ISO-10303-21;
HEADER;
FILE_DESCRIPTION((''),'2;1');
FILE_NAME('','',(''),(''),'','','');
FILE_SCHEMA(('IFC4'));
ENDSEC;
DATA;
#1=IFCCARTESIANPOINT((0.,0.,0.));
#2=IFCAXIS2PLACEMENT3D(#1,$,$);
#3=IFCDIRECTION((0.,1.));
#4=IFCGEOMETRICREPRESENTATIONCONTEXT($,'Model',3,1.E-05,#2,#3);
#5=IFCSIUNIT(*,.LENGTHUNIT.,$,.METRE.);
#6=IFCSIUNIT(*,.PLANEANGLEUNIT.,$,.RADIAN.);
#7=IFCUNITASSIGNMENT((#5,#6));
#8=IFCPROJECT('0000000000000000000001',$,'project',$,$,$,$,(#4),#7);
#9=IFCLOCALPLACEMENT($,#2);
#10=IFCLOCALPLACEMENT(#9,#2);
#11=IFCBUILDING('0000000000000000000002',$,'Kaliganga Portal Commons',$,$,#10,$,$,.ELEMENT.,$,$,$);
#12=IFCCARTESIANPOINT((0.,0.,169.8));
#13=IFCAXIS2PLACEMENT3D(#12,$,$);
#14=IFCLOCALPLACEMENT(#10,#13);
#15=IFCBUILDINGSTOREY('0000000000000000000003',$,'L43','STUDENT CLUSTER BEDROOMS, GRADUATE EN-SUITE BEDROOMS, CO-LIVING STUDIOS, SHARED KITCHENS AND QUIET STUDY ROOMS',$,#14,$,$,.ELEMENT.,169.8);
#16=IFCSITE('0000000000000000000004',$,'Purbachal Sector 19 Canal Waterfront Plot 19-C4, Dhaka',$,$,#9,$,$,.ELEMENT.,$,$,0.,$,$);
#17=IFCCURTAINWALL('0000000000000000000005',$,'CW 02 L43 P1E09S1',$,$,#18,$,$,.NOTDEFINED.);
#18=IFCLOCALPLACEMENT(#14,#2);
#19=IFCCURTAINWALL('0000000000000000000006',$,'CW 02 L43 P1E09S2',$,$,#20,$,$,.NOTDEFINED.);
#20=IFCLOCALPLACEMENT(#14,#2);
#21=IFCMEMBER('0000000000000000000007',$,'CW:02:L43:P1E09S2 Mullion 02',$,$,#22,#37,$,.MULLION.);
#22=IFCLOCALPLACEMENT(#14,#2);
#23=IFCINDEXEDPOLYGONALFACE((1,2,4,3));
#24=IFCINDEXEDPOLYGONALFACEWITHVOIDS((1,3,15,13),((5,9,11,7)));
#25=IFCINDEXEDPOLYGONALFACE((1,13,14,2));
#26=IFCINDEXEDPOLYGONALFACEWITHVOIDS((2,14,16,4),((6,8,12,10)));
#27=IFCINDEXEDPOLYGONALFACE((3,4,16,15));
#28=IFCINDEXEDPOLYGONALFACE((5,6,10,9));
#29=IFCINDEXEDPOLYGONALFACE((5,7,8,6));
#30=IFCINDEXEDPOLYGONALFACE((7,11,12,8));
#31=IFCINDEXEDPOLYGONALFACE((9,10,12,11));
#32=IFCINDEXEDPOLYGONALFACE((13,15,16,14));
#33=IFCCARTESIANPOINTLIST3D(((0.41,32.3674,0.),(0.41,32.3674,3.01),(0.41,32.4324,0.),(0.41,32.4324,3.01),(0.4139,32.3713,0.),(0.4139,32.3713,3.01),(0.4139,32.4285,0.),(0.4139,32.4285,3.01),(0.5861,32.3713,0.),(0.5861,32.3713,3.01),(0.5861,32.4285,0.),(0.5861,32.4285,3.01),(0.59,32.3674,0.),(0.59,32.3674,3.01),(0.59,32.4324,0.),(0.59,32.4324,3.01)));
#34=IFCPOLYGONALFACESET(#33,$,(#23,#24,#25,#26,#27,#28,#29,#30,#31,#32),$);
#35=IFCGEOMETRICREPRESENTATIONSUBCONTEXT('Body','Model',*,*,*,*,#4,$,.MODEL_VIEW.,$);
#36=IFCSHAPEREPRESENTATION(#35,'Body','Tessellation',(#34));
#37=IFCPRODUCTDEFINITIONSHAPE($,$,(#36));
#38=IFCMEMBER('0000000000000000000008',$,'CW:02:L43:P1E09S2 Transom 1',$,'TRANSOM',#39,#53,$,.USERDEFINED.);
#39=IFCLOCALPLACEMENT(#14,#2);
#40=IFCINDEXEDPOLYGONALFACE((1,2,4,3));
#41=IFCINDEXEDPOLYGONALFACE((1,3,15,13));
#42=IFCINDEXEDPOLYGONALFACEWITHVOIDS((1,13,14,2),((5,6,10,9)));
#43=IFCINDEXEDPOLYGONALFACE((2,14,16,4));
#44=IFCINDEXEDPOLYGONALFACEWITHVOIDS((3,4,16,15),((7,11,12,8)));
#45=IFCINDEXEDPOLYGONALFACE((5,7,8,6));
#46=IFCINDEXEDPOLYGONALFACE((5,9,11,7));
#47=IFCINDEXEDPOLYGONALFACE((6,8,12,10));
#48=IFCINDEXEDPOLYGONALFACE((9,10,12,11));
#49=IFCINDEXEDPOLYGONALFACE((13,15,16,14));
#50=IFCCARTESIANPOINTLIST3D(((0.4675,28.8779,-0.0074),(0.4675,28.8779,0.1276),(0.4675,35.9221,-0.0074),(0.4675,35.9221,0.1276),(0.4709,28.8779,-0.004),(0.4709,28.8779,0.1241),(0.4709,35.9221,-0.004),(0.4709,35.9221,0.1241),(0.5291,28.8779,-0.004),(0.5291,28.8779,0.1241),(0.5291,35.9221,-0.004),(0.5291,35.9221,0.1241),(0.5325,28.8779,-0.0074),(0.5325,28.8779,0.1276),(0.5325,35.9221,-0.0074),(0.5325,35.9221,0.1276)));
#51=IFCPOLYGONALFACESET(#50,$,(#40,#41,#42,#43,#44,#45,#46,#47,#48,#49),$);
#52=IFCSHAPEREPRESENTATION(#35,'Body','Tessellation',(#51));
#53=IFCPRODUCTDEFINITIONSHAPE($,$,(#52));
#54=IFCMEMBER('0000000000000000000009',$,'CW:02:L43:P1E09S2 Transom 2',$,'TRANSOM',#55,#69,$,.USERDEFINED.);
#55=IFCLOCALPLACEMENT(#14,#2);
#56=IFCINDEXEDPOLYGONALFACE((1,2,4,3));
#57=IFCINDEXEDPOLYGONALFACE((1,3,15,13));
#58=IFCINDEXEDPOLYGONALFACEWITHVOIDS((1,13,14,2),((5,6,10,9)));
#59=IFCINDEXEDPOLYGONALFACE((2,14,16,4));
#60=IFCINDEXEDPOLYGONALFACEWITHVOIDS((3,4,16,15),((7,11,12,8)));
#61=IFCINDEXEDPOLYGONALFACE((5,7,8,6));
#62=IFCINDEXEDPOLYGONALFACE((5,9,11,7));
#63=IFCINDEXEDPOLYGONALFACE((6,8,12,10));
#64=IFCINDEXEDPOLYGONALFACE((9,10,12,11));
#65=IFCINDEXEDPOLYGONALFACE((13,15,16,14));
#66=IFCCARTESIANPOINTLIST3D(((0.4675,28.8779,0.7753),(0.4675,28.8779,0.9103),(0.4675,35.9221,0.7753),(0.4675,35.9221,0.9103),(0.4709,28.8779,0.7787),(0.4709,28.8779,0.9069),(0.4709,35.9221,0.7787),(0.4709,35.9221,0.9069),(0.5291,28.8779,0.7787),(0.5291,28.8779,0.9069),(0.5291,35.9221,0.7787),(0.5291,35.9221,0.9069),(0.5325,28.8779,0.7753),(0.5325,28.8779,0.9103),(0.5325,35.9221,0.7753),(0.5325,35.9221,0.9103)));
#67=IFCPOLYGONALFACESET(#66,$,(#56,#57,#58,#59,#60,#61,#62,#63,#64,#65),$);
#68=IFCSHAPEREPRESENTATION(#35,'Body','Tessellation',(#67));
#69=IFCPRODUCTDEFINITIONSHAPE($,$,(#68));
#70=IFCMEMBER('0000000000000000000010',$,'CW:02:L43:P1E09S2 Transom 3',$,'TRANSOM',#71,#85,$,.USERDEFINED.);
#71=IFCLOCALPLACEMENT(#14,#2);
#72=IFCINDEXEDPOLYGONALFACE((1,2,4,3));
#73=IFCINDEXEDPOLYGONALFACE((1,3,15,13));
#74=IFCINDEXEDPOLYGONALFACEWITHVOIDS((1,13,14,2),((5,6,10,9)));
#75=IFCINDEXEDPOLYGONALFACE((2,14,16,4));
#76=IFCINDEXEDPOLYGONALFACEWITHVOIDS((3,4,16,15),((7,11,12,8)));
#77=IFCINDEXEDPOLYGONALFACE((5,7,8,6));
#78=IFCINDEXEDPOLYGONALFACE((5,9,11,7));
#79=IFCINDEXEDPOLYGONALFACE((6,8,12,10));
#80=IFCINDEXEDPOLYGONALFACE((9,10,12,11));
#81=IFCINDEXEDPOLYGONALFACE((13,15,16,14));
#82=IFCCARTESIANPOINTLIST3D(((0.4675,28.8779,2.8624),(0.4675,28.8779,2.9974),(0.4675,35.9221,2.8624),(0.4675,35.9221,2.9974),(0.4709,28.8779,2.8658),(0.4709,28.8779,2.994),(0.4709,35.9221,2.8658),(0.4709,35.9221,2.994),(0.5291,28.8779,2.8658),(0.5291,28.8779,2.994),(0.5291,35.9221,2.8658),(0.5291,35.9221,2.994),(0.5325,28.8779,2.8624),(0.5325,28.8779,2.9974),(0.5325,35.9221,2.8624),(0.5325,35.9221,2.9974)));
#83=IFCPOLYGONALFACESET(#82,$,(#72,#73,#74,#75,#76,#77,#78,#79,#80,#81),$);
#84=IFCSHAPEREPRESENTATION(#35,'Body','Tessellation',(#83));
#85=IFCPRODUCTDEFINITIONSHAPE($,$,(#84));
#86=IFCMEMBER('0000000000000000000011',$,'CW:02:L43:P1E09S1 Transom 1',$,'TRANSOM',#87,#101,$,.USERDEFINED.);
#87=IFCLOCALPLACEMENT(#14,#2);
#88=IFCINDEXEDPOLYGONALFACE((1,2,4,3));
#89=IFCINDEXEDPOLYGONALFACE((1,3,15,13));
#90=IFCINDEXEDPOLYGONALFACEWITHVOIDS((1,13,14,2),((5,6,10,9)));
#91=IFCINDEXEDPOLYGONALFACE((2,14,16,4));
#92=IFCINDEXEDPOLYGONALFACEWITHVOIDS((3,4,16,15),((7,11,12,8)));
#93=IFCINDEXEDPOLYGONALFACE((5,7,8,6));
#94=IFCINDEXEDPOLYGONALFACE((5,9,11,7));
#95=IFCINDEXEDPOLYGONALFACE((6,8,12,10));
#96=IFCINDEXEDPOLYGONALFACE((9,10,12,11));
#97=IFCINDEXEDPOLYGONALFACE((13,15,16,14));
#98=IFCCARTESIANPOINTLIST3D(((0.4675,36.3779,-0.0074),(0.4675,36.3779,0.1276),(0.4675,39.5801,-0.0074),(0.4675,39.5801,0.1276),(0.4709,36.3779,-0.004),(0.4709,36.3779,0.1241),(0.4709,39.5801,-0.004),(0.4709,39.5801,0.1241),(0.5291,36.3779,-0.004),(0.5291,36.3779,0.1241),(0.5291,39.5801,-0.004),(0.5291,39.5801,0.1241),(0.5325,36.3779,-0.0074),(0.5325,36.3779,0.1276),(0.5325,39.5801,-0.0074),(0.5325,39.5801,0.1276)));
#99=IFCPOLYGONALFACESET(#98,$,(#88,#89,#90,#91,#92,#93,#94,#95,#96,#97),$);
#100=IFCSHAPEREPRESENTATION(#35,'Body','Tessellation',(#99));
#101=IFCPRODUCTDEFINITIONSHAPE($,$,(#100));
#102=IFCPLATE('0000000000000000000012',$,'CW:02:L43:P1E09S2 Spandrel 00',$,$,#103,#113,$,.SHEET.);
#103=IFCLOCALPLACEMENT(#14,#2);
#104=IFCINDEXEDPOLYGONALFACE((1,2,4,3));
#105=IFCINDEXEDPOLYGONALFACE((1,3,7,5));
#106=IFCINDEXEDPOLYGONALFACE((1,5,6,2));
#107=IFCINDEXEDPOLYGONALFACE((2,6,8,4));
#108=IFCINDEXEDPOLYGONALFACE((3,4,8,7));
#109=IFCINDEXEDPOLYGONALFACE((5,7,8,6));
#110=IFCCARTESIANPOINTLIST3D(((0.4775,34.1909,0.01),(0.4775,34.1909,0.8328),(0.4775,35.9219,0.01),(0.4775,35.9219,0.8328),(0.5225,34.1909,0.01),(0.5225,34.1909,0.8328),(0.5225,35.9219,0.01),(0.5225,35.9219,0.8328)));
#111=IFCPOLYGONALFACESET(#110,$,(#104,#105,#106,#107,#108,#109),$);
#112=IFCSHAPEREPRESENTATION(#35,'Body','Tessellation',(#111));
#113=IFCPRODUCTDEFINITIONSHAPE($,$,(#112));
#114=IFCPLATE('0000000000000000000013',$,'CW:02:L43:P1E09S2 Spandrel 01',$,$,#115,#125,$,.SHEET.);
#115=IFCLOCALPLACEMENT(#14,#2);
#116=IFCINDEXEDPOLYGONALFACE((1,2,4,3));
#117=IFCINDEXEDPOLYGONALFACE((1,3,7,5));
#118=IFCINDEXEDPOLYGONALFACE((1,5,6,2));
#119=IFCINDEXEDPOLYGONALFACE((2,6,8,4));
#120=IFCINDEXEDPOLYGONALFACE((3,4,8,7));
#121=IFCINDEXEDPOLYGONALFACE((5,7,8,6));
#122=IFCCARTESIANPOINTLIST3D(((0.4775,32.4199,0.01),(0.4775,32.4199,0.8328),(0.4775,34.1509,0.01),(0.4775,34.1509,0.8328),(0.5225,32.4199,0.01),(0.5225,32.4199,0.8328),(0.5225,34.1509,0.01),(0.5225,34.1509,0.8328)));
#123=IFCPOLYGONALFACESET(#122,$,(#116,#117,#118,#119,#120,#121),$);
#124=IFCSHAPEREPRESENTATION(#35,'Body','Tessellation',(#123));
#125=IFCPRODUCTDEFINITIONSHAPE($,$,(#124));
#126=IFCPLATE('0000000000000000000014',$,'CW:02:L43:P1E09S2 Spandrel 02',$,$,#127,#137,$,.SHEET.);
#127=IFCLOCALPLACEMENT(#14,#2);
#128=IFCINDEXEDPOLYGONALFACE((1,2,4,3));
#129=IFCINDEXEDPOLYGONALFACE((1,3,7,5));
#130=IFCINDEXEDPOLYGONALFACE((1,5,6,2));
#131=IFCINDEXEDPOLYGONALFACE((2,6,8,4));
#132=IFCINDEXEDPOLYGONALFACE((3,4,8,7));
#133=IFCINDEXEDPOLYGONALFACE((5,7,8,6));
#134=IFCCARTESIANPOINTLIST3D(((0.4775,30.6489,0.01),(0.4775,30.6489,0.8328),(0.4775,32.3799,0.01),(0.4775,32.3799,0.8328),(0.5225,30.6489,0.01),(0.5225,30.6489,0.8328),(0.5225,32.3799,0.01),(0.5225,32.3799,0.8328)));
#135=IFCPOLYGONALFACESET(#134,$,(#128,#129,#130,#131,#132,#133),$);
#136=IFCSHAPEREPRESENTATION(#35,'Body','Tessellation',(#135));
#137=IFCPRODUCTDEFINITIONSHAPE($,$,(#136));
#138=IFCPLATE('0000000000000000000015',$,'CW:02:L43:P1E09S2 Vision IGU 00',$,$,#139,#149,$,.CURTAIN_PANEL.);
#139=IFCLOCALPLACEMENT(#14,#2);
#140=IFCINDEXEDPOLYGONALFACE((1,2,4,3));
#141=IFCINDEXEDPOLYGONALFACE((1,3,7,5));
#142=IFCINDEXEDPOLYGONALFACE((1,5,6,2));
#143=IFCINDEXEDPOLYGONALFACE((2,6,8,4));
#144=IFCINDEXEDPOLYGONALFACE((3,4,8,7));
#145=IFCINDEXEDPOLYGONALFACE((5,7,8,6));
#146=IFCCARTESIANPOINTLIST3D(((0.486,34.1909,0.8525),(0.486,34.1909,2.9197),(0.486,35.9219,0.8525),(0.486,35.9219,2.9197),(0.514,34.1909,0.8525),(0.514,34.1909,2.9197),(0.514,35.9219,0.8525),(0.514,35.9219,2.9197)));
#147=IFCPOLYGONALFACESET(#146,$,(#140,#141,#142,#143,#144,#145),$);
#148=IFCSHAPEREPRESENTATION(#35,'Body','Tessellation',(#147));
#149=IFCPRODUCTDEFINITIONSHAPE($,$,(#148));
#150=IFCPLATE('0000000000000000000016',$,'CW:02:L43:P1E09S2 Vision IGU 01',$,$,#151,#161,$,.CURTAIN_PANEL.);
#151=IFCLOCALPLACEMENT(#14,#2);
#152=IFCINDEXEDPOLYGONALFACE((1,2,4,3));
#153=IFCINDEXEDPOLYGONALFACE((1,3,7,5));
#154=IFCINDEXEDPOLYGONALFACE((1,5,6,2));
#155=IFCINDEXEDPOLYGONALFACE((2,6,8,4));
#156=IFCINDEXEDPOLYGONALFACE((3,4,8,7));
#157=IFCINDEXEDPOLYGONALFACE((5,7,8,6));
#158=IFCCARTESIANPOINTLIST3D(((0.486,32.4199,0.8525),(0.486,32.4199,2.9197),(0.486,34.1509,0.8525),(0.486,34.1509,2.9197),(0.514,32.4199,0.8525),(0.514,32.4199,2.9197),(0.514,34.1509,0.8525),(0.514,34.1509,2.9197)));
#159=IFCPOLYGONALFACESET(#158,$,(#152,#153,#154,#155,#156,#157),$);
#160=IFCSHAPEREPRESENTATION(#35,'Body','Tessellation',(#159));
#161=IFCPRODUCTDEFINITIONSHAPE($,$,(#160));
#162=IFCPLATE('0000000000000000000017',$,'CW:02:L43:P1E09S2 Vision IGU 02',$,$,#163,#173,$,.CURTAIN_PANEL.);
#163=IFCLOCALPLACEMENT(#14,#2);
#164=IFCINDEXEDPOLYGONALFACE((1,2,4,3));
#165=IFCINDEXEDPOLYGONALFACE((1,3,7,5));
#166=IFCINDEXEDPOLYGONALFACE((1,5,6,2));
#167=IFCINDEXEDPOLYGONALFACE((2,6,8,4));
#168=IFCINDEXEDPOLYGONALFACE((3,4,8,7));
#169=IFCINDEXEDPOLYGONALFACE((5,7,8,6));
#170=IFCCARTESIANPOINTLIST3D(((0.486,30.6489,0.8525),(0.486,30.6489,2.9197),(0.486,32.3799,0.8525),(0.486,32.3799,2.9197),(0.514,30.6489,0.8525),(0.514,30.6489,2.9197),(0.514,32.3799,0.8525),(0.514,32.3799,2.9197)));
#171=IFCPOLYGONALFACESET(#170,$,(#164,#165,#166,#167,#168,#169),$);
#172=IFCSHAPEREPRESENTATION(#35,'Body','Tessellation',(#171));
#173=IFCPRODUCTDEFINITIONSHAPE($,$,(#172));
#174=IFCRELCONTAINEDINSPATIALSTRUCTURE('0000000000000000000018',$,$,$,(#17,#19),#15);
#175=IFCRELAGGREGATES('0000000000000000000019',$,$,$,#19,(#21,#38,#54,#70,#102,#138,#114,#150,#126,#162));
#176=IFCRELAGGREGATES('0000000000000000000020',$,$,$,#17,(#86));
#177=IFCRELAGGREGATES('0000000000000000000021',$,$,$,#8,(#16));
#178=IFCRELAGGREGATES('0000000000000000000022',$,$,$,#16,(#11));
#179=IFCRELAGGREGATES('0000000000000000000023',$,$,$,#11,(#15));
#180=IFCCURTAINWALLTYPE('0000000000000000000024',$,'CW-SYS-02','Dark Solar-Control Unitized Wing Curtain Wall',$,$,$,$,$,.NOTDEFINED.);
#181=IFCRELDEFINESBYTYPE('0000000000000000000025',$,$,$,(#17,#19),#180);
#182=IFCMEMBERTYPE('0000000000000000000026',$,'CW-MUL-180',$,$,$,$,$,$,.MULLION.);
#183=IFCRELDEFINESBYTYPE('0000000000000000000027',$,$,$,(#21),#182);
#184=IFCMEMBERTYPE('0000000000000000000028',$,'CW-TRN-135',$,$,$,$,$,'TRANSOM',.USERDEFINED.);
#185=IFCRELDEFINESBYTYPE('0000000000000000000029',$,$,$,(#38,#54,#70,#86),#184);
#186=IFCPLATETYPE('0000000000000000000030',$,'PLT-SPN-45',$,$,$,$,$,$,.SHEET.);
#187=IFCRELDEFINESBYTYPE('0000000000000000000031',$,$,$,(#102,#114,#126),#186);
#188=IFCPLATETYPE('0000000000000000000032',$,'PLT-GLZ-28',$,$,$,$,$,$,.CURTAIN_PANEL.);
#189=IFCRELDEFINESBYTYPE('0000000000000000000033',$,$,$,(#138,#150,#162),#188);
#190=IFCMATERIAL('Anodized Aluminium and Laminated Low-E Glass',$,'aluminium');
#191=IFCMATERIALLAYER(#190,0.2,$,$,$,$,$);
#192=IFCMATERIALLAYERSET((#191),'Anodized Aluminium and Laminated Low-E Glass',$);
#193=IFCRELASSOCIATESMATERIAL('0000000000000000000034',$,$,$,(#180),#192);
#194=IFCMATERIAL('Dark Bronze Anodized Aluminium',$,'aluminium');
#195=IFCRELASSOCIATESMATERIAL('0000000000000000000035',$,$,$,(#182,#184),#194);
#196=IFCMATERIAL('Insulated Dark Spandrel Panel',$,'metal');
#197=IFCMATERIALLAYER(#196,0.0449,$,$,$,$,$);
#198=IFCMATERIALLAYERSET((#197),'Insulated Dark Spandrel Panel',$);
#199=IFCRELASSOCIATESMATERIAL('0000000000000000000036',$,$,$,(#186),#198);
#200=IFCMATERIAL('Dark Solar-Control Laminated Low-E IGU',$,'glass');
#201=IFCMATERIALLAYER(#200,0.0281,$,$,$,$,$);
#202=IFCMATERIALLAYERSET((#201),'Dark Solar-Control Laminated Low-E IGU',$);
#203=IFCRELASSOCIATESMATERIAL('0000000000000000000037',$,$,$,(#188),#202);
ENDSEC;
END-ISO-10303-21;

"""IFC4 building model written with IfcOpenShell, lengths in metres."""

from ifc_helpers import new_model, si_unit, direction, frame, origin, origin_2d, place, context, subcontext, project, spatial, rectangle, hollow_rectangle, extrude, source, transform, mapped, material, layer, layer_set, material_profile, profile_set, type_object, element, aggregate, save


model = new_model("IFC4")

# Units and contexts
model_context = context("Model", 3, precision=1e-05, world=origin(), true_north=direction((0.0, 1.0)))
body_context = subcontext(model_context, "Body", "Model", "MODEL_VIEW")
ifc_project = project(units=[si_unit("LENGTHUNIT", "METRE"), si_unit("PLANEANGLEUNIT", "RADIAN")], contexts=[model_context])

# Site, building, storey
site_placement = place(None, origin())
site = spatial("IfcSite", under=ifc_project, at=site_placement, Name="Purbachal Sector 19 Canal Waterfront Plot 19-C4, Dhaka", CompositionType="ELEMENT", RefElevation=0.0)
building_placement = place(site_placement, origin())
building = spatial("IfcBuilding", under=site, at=building_placement, Name="Kaliganga Portal Commons", CompositionType="ELEMENT")
storey_placement = place(building_placement, frame((0.0, 0.0, 169.8)))
storey = spatial("IfcBuildingStorey", under=building, at=storey_placement, Name="L43", Description="STUDENT CLUSTER BEDROOMS, GRADUATE EN-SUITE BEDROOMS, CO-LIVING STUDIOS, SHARED KITCHENS AND QUIET STUDY ROOMS", CompositionType="ELEMENT", Elevation=169.8)

# Curtain walls, members
ifc_material_1 = material(Name="Anodized Aluminium and Laminated Low-E Glass", Category="aluminium")
ifc_layer_1 = layer(ifc_material_1, 0.2)
ifc_layer_set_1 = layer_set([ifc_layer_1], Name="Anodized Aluminium and Laminated Low-E Glass")
curtain_wall_type = type_object("IfcCurtainWallType", Name="CW-SYS-02", Description="Dark Solar-Control Unitized Wing Curtain Wall", PredefinedType="NOTDEFINED", material=ifc_layer_set_1)
curtain_wall_1_placement = place(storey_placement, origin())
curtain_wall_1 = element("IfcCurtainWall", 1, at=curtain_wall_1_placement, inside=storey, type_object=curtain_wall_type, Name="CW 02 L43 P1E09S1", PredefinedType="NOTDEFINED")
ifc_material_2 = material(Name="Dark Bronze Anodized Aluminium", Category="aluminium")
ifc_material_profile_1 = material_profile(ifc_material_2, hollow_rectangle(XDim=0.0649, YDim=0.1799, WallThickness=0.0039, at=origin_2d()), Name="ALU MULL 65x180x4")
ifc_profile_set_1 = profile_set([ifc_material_profile_1], Name="Dark Bronze Anodized Aluminium")
member_type_1 = type_object("IfcMemberType", Name="CW-MUL-180", PredefinedType="MULLION", material=ifc_profile_set_1)
curtain_wall_2_placement = place(storey_placement, origin())
curtain_wall_2 = element("IfcCurtainWall", 2, at=curtain_wall_2_placement, inside=storey, type_object=curtain_wall_type, Name="CW 02 L43 P1E09S2", PredefinedType="NOTDEFINED")
shared_shape_1 = source(origin(), body_context, "Body", "SweptSolid", [
    extrude(hollow_rectangle(XDim=0.0649, YDim=0.1799, WallThickness=0.0039, at=origin_2d()), origin(), (0.0, 0.0, 1.0), 3.01),
])
member_1_placement = place(storey_placement, frame((0.5, 32.3999, 0.0), z_axis=(0.0, 0.0, 1.0), x_axis=(0.0, -1.0, 0.0)))
member_1 = element("IfcMember", 3, at=member_1_placement, type_object=member_type_1, Name="CW:02:L43:P1E09S2 Mullion 02", PredefinedType="MULLION", context=body_context, shape_type="MappedRepresentation", body=[
    mapped(shared_shape_1, transform((0.0, 0.0, 0.0), x_axis=(1.0, 0.0, 0.0), y_axis=(0.0, 1.0, 0.0), z_axis=(0.0, 0.0, 1.0), scale=1.0)),
])
ifc_material_profile_2 = material_profile(ifc_material_2, hollow_rectangle(XDim=0.0649, YDim=0.135, WallThickness=0.0034, at=origin_2d()), Name="ALU TRAN 65x135x3.5")
ifc_profile_set_2 = profile_set([ifc_material_profile_2], Name="Dark Bronze Anodized Aluminium")
member_type_2 = type_object("IfcMemberType", Name="CW-TRN-135", ElementType="TRANSOM", PredefinedType="USERDEFINED", material=ifc_profile_set_2)
shared_shape_2 = source(origin(), body_context, "Body", "SweptSolid", [
    extrude(hollow_rectangle(XDim=0.0649, YDim=0.135, WallThickness=0.0034, at=origin_2d()), origin(), (0.0, 0.0, 1.0), 7.0442),
])
member_2_placement = place(storey_placement, frame((0.5, 35.9221, 0.0601), z_axis=(0.0, -1.0, 0.0), x_axis=(1.0, 0.0, 0.0)))
member_2 = element("IfcMember", 4, at=member_2_placement, type_object=member_type_2, Name="CW:02:L43:P1E09S2 Transom 1", ObjectType="TRANSOM", PredefinedType="USERDEFINED", context=body_context, shape_type="MappedRepresentation", body=[
    mapped(shared_shape_2, transform((0.0, 0.0, 0.0), x_axis=(1.0, 0.0, 0.0), y_axis=(0.0, 1.0, 0.0), z_axis=(0.0, 0.0, 1.0), scale=1.0)),
])
member_3_placement = place(storey_placement, frame((0.5, 35.9221, 0.8428), z_axis=(0.0, -1.0, 0.0), x_axis=(1.0, 0.0, 0.0)))
member_3 = element("IfcMember", 5, at=member_3_placement, type_object=member_type_2, Name="CW:02:L43:P1E09S2 Transom 2", ObjectType="TRANSOM", PredefinedType="USERDEFINED", context=body_context, shape_type="MappedRepresentation", body=[
    mapped(shared_shape_2, transform((0.0, 0.0, 0.0), x_axis=(1.0, 0.0, 0.0), y_axis=(0.0, 1.0, 0.0), z_axis=(0.0, 0.0, 1.0), scale=1.0)),
])
member_4_placement = place(storey_placement, frame((0.5, 35.9221, 2.9299), z_axis=(0.0, -1.0, 0.0), x_axis=(1.0, 0.0, 0.0)))
member_4 = element("IfcMember", 6, at=member_4_placement, type_object=member_type_2, Name="CW:02:L43:P1E09S2 Transom 3", ObjectType="TRANSOM", PredefinedType="USERDEFINED", context=body_context, shape_type="MappedRepresentation", body=[
    mapped(shared_shape_2, transform((0.0, 0.0, 0.0), x_axis=(1.0, 0.0, 0.0), y_axis=(0.0, 1.0, 0.0), z_axis=(0.0, 0.0, 1.0), scale=1.0)),
])

# Member
shared_shape_3 = source(origin(), body_context, "Body", "SweptSolid", [
    extrude(hollow_rectangle(XDim=0.0649, YDim=0.135, WallThickness=0.0034, at=origin_2d()), origin(), (0.0, 0.0, 1.0), 3.2021),
])
member_5_placement = place(storey_placement, frame((0.5, 39.5801, 0.0601), z_axis=(0.0, -1.0, 0.0), x_axis=(1.0, 0.0, 0.0)))
member_5 = element("IfcMember", 7, at=member_5_placement, type_object=member_type_2, Name="CW:02:L43:P1E09S1 Transom 1", ObjectType="TRANSOM", PredefinedType="USERDEFINED", context=body_context, shape_type="MappedRepresentation", body=[
    mapped(shared_shape_3, transform((0.0, 0.0, 0.0), x_axis=(1.0, 0.0, 0.0), y_axis=(0.0, 1.0, 0.0), z_axis=(0.0, 0.0, 1.0), scale=1.0)),
])

# Plates
ifc_material_3 = material(Name="Insulated Dark Spandrel Panel", Category="metal")
ifc_layer_2 = layer(ifc_material_3, 0.0449)
ifc_layer_set_2 = layer_set([ifc_layer_2], Name="Insulated Dark Spandrel Panel")
plate_type_1 = type_object("IfcPlateType", Name="PLT-SPN-45", PredefinedType="SHEET", material=ifc_layer_set_2)
shared_shape_4 = source(origin(), body_context, "Body", "SweptSolid", [
    extrude(rectangle(XDim=1.731, YDim=0.0449, at=origin_2d()), origin(), (0.0, 0.0, 1.0), 0.8228),
])
plate_1_placement = place(storey_placement, frame((0.5, 35.0564, 0.01), z_axis=(0.0, 0.0, 1.0), x_axis=(0.0, -1.0, 0.0)))
plate_1 = element("IfcPlate", 8, at=plate_1_placement, type_object=plate_type_1, Name="CW:02:L43:P1E09S2 Spandrel 00", PredefinedType="SHEET", context=body_context, shape_type="MappedRepresentation", body=[
    mapped(shared_shape_4, transform((0.0, 0.0, 0.0), x_axis=(1.0, 0.0, 0.0), y_axis=(0.0, 1.0, 0.0), z_axis=(0.0, 0.0, 1.0), scale=1.0)),
])
plate_2_placement = place(storey_placement, frame((0.5, 33.2854, 0.01), z_axis=(0.0, 0.0, 1.0), x_axis=(0.0, -1.0, 0.0)))
plate_2 = element("IfcPlate", 9, at=plate_2_placement, type_object=plate_type_1, Name="CW:02:L43:P1E09S2 Spandrel 01", PredefinedType="SHEET", context=body_context, shape_type="MappedRepresentation", body=[
    mapped(shared_shape_4, transform((0.0, 0.0, 0.0), x_axis=(1.0, 0.0, 0.0), y_axis=(0.0, 1.0, 0.0), z_axis=(0.0, 0.0, 1.0), scale=1.0)),
])
plate_3_placement = place(storey_placement, frame((0.5, 31.5144, 0.01), z_axis=(0.0, 0.0, 1.0), x_axis=(0.0, -1.0, 0.0)))
plate_3 = element("IfcPlate", 10, at=plate_3_placement, type_object=plate_type_1, Name="CW:02:L43:P1E09S2 Spandrel 02", PredefinedType="SHEET", context=body_context, shape_type="MappedRepresentation", body=[
    mapped(shared_shape_4, transform((0.0, 0.0, 0.0), x_axis=(1.0, 0.0, 0.0), y_axis=(0.0, 1.0, 0.0), z_axis=(0.0, 0.0, 1.0), scale=1.0)),
])
ifc_material_4 = material(Name="Dark Solar-Control Laminated Low-E IGU", Category="glass")
ifc_layer_3 = layer(ifc_material_4, 0.0281)
ifc_layer_set_3 = layer_set([ifc_layer_3], Name="Dark Solar-Control Laminated Low-E IGU")
plate_type_2 = type_object("IfcPlateType", Name="PLT-GLZ-28", PredefinedType="CURTAIN_PANEL", material=ifc_layer_set_3)
shared_shape_5 = source(origin(), body_context, "Body", "SweptSolid", [
    extrude(rectangle(XDim=1.731, YDim=0.0281, at=origin_2d()), origin(), (0.0, 0.0, 1.0), 2.0671),
])
plate_4_placement = place(storey_placement, frame((0.5, 35.0564, 0.8525), z_axis=(0.0, 0.0, 1.0), x_axis=(0.0, -1.0, 0.0)))
plate_4 = element("IfcPlate", 11, at=plate_4_placement, type_object=plate_type_2, Name="CW:02:L43:P1E09S2 Vision IGU 00", PredefinedType="CURTAIN_PANEL", context=body_context, shape_type="MappedRepresentation", body=[
    mapped(shared_shape_5, transform((0.0, 0.0, 0.0), x_axis=(1.0, 0.0, 0.0), y_axis=(0.0, 1.0, 0.0), z_axis=(0.0, 0.0, 1.0), scale=1.0)),
])
plate_5_placement = place(storey_placement, frame((0.5, 33.2854, 0.8525), z_axis=(0.0, 0.0, 1.0), x_axis=(0.0, -1.0, 0.0)))
plate_5 = element("IfcPlate", 12, at=plate_5_placement, type_object=plate_type_2, Name="CW:02:L43:P1E09S2 Vision IGU 01", PredefinedType="CURTAIN_PANEL", context=body_context, shape_type="MappedRepresentation", body=[
    mapped(shared_shape_5, transform((0.0, 0.0, 0.0), x_axis=(1.0, 0.0, 0.0), y_axis=(0.0, 1.0, 0.0), z_axis=(0.0, 0.0, 1.0), scale=1.0)),
])
plate_6_placement = place(storey_placement, frame((0.5, 31.5144, 0.8525), z_axis=(0.0, 0.0, 1.0), x_axis=(0.0, -1.0, 0.0)))
plate_6 = element("IfcPlate", 13, at=plate_6_placement, type_object=plate_type_2, Name="CW:02:L43:P1E09S2 Vision IGU 02", PredefinedType="CURTAIN_PANEL", context=body_context, shape_type="MappedRepresentation", body=[
    mapped(shared_shape_5, transform((0.0, 0.0, 0.0), x_axis=(1.0, 0.0, 0.0), y_axis=(0.0, 1.0, 0.0), z_axis=(0.0, 0.0, 1.0), scale=1.0)),
])
aggregate(curtain_wall_2, [member_1, member_2, member_3, member_4, plate_1, plate_4, plate_2, plate_5, plate_3, plate_6])
aggregate(curtain_wall_1, [member_5])

save(model, "model.ifc")
